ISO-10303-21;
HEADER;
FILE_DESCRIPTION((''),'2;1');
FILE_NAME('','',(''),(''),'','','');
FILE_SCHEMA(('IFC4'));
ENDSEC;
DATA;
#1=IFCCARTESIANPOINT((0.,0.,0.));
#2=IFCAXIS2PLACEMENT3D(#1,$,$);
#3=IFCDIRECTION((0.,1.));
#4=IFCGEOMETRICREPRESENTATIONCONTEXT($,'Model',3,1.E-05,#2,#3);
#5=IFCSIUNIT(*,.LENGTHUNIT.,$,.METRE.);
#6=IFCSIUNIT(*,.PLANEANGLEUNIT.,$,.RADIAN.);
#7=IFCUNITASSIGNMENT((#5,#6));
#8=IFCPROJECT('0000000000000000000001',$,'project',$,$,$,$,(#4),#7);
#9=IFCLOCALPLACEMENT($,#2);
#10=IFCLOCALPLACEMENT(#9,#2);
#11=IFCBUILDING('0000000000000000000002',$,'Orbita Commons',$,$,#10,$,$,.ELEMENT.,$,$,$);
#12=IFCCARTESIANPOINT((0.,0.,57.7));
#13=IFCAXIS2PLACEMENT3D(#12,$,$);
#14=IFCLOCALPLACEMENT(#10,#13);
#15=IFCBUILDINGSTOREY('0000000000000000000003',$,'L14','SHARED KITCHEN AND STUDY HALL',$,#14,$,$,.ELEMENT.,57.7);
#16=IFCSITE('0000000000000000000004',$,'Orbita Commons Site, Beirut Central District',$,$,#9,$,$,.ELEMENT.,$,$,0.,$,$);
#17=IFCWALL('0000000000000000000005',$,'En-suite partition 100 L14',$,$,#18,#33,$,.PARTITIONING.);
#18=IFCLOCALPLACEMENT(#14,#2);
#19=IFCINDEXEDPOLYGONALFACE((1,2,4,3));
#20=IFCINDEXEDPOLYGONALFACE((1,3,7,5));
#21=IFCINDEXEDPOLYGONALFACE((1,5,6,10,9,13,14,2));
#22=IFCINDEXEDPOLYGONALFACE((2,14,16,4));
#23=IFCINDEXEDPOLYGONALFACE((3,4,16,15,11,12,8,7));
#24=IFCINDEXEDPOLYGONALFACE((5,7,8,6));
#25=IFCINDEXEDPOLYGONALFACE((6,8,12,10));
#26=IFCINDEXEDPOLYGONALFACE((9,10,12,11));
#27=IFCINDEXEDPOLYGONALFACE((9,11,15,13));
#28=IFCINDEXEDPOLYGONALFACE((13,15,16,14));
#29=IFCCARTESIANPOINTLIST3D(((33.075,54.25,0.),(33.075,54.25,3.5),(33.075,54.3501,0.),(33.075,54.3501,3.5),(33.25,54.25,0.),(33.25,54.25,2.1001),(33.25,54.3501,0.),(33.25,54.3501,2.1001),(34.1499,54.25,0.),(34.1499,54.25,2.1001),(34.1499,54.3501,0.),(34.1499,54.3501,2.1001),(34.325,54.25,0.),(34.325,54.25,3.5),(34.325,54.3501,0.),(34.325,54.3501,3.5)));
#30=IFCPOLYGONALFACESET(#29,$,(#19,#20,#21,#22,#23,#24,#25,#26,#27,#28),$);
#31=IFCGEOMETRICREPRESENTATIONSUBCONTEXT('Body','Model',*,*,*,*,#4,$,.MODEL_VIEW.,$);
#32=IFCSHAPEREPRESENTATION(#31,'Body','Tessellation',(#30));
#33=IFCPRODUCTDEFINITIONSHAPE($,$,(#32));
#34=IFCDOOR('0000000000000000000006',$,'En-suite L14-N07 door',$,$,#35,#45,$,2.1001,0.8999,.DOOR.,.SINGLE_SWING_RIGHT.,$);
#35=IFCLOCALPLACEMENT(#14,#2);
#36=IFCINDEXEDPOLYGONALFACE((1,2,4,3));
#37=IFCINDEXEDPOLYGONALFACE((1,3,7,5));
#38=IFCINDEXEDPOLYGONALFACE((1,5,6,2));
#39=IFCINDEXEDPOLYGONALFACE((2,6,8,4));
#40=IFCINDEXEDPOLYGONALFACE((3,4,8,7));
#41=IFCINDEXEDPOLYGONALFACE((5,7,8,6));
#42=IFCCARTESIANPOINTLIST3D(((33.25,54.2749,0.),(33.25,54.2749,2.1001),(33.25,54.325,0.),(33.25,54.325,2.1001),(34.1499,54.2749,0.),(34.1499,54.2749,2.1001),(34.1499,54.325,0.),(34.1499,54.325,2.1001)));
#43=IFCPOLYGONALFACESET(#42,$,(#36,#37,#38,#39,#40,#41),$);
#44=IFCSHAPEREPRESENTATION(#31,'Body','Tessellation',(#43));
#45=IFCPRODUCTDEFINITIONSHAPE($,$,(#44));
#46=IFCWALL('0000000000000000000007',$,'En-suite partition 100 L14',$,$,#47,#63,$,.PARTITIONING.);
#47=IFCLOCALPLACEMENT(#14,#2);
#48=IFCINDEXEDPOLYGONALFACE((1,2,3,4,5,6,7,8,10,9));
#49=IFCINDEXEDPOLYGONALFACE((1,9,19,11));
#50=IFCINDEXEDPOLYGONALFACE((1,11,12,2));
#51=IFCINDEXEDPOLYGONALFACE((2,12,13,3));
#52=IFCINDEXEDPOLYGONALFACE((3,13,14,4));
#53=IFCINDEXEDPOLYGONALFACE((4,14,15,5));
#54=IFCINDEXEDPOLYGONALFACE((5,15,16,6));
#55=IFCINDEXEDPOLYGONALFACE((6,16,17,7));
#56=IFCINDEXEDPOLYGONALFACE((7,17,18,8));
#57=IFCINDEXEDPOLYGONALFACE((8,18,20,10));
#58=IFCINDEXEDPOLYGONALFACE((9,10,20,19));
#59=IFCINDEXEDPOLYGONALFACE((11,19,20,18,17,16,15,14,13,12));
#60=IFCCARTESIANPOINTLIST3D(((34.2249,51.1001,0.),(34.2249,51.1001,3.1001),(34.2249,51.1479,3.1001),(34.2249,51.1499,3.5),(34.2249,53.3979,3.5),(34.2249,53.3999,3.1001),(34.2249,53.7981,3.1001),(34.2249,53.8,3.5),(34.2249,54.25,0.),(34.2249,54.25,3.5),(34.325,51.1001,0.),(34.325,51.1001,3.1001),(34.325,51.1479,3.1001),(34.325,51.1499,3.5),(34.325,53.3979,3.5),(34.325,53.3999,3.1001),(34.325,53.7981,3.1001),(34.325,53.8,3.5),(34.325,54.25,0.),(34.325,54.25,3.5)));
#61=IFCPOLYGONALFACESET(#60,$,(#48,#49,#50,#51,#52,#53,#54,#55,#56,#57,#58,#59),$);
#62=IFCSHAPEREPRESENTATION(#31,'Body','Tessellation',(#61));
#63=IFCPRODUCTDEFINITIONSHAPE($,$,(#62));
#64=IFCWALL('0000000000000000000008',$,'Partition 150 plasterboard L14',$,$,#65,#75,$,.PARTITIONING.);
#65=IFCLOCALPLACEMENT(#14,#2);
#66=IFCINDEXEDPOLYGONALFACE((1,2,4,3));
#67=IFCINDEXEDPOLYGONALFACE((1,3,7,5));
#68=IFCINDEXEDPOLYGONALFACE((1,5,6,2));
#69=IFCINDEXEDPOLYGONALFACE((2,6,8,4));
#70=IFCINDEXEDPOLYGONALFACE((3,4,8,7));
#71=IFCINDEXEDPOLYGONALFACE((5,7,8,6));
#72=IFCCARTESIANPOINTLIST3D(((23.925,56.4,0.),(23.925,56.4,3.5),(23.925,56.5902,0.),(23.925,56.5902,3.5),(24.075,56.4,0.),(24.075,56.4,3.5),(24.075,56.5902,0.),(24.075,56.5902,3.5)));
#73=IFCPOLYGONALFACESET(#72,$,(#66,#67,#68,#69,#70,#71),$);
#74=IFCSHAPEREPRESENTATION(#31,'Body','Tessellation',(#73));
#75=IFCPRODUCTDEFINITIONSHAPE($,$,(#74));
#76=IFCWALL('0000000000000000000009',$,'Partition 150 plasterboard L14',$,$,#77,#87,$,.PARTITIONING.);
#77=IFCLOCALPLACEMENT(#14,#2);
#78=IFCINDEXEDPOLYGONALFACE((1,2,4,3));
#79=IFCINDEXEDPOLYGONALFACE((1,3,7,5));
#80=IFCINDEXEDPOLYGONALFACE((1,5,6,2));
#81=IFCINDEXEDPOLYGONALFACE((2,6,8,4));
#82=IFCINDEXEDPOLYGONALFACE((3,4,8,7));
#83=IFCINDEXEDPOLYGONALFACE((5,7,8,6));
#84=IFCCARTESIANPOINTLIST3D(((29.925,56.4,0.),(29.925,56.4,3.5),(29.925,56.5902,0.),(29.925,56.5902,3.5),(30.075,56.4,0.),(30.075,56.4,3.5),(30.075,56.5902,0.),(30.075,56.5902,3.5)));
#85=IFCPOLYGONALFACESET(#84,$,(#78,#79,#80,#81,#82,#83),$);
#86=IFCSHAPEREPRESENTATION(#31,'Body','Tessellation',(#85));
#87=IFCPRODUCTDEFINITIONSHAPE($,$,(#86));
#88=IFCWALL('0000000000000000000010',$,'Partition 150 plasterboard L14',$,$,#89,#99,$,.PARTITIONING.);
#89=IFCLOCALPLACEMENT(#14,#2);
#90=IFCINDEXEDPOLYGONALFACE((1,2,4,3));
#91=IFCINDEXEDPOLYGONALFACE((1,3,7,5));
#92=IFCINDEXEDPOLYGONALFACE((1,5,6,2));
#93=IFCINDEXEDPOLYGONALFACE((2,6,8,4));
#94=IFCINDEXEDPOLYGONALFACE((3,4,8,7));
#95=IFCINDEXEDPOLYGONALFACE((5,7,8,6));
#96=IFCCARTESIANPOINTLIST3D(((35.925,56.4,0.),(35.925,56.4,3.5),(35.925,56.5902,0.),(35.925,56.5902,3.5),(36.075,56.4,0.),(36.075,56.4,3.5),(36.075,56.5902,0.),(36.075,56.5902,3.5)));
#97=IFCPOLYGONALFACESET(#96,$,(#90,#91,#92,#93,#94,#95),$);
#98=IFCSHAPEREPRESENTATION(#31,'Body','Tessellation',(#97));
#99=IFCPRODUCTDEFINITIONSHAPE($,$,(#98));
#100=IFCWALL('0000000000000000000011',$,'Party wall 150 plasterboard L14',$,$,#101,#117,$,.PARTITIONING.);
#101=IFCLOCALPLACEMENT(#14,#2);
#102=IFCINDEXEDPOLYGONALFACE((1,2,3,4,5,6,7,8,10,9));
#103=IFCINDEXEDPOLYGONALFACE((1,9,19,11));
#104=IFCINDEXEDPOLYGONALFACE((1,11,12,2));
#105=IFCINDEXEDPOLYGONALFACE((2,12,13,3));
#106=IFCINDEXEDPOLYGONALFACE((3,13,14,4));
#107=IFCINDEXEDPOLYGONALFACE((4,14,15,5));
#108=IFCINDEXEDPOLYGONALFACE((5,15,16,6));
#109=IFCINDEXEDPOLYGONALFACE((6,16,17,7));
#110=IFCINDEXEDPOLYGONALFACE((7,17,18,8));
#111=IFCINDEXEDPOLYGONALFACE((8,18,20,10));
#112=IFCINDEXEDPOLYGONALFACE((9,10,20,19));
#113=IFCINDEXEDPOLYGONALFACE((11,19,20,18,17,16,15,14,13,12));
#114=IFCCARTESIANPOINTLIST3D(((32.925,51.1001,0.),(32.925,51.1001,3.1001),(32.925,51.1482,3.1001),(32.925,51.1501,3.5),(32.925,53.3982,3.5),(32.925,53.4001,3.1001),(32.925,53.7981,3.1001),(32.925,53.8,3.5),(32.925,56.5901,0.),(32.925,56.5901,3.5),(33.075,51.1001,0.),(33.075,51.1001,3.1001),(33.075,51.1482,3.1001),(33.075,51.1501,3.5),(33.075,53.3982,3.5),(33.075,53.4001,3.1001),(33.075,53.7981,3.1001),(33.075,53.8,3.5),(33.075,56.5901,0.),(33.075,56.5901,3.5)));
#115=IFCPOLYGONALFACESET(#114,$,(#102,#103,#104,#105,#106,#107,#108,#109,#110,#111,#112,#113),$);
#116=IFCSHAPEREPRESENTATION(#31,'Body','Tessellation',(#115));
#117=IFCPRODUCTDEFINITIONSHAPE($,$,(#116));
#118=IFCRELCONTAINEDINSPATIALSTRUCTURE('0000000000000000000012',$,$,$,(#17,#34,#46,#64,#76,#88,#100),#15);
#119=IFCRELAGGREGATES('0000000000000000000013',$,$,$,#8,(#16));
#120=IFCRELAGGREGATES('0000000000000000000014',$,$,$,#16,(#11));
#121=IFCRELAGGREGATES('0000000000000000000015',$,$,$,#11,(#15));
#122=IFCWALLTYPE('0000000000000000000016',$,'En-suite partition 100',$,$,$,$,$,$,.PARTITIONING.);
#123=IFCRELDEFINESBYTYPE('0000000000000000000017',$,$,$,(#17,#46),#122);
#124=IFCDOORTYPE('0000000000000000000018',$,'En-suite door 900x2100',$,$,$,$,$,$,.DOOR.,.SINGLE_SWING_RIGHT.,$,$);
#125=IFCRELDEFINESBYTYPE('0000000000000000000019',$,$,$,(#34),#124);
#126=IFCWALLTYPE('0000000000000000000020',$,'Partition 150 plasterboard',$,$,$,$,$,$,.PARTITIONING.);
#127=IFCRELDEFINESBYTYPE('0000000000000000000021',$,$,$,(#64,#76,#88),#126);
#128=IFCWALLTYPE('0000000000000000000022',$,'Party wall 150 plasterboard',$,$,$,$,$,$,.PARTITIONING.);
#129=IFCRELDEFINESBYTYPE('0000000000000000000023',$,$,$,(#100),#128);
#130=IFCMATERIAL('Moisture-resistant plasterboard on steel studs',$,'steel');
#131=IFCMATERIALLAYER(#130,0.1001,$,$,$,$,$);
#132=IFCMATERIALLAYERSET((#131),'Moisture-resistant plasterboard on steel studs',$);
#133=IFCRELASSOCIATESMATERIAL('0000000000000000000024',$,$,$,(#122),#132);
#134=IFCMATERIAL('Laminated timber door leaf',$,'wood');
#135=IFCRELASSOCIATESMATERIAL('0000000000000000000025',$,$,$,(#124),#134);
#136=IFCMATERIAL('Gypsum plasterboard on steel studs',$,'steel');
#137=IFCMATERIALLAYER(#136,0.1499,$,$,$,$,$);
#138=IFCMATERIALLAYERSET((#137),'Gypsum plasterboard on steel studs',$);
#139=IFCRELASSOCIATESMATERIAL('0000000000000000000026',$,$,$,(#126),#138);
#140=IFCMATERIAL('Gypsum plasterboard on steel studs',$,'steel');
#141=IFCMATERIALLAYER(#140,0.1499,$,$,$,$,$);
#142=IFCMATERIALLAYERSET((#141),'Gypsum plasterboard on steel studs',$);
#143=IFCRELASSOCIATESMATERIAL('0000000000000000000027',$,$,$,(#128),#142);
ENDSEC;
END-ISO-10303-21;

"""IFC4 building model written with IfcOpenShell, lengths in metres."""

from ifc_helpers import new_model, si_unit, direction, frame, frame_2d, origin, place, context, subcontext, project, spatial, polyline, rectangle, outline, extrude, material, layer, layer_set, type_object, element, fill, save


model = new_model("IFC4")

# Units and contexts
model_context = context("Model", 3, precision=1e-05, world=origin(), true_north=direction((0.0, 1.0)))
body_context = subcontext(model_context, "Body", "Model", "MODEL_VIEW")
ifc_project = project(units=[si_unit("LENGTHUNIT", "METRE"), si_unit("PLANEANGLEUNIT", "RADIAN")], contexts=[model_context])

# Site, building, storey
site_placement = place(None, origin())
site = spatial("IfcSite", under=ifc_project, at=site_placement, Name="Orbita Commons Site, Beirut Central District", CompositionType="ELEMENT", RefElevation=0.0)
building_placement = place(site_placement, origin())
building = spatial("IfcBuilding", under=site, at=building_placement, Name="Orbita Commons", CompositionType="ELEMENT")
storey_placement = place(building_placement, frame((0.0, 0.0, 57.7)))
storey = spatial("IfcBuildingStorey", under=building, at=storey_placement, Name="L14", Description="SHARED KITCHEN AND STUDY HALL", CompositionType="ELEMENT", Elevation=57.7)

# Shared definitions
ifc_material_1 = material(Name="Moisture-resistant plasterboard on steel studs", Category="steel")
ifc_layer_1 = layer(ifc_material_1, 0.1001)
ifc_layer_set_1 = layer_set([ifc_layer_1], Name="Moisture-resistant plasterboard on steel studs")
wall_type_1 = type_object("IfcWallType", Name="En-suite partition 100", PredefinedType="PARTITIONING", material=ifc_layer_set_1)
ifc_material_2 = material(Name="Laminated timber door leaf", Category="wood")
door_type = type_object("IfcDoorType", Name="En-suite door 900x2100", OperationType="SINGLE_SWING_RIGHT", PredefinedType="DOOR", material=ifc_material_2)

# Wall, opening, door
wall_1_placement = place(storey_placement, frame((33.075, 54.3, 0.0), z_axis=(0.0, 0.0, 1.0), x_axis=(1.0, 0.0, 0.0)))
wall_1 = element("IfcWall", 1, at=wall_1_placement, inside=storey, type_object=wall_type_1, Name="En-suite partition 100 L14", PredefinedType="PARTITIONING", context=body_context, shape_type="SweptSolid", body=[
    extrude(rectangle(XDim=1.25, YDim=0.1001, at=frame_2d((0.625, 0.0))), origin(), (0.0, 0.0, 1.0), 3.5),
])
opening_1_placement = place(wall_1_placement, frame((0.175, 0.0, 0.0)))
opening_1 = element("IfcOpeningElement", 2, at=opening_1_placement, cuts=wall_1, PredefinedType="OPENING", context=body_context, shape_type="SweptSolid", body=[
    extrude(rectangle(XDim=0.8999, YDim=2.1001, at=frame_2d((0.45, 1.05))), frame((0.0, 0.0601, 0.0), z_axis=(0.0, -1.0, 0.0), x_axis=(1.0, 0.0, 0.0)), (0.0, 0.0, 1.0), 0.1201),
])
door_1_placement = place(opening_1_placement, origin())
door_1 = element("IfcDoor", 3, at=door_1_placement, inside=storey, type_object=door_type, Name="En-suite L14-N07 door", OperationType="SINGLE_SWING_RIGHT", OverallHeight=2.1001, OverallWidth=0.8999, PredefinedType="DOOR", context=body_context, shape_type="SweptSolid", body=[
    extrude(rectangle(XDim=0.8999, YDim=2.1001, at=frame_2d((0.45, 1.05))), frame((0.0, 0.0249, 0.0), z_axis=(0.0, -1.0, 0.0), x_axis=(1.0, 0.0, 0.0)), (0.0, 0.0, 1.0), 0.05),
])
fill(opening_1, door_1)

# Walls
wall_2_placement = place(storey_placement, frame((34.2749, 54.25, 0.0), z_axis=(0.0, 0.0, 1.0), x_axis=(0.0, -1.0, 0.0)))
element("IfcWall", 4, at=wall_2_placement, inside=storey, type_object=wall_type_1, Name="En-suite partition 100 L14", PredefinedType="PARTITIONING", context=body_context, shape_type="SweptSolid", body=[
    extrude(outline(polyline([(0.0, 0.0), (3.1499, 0.0), (3.1499, 3.1001), (3.1021, 3.1001), (3.1001, 3.5), (0.8521, 3.5), (0.8501, 3.1001), (0.4519, 3.1001), (0.45, 3.5), (0.0, 3.5), (0.0, 0.0)])), frame((0.0, 0.05, 0.0), z_axis=(0.0, -1.0, 0.0), x_axis=(1.0, 0.0, 0.0)), (0.0, 0.0, 1.0), 0.1001),
])
ifc_material_3 = material(Name="Gypsum plasterboard on steel studs", Category="steel")
ifc_layer_2 = layer(ifc_material_3, 0.1499)
ifc_layer_set_2 = layer_set([ifc_layer_2], Name="Gypsum plasterboard on steel studs")
wall_type_2 = type_object("IfcWallType", Name="Partition 150 plasterboard", PredefinedType="PARTITIONING", material=ifc_layer_set_2)
for number, where, z_axis, x_axis, name in (
    (5, (24.0, 56.3999, 0.0), (0.0, 0.0, 1.0), (0.0, 1.0, 0.0), "Partition 150 plasterboard L14"),
    (6, (30.0, 56.3999, 0.0), (0.0, 0.0, 1.0), (0.0, 1.0, 0.0), "Partition 150 plasterboard L14"),
    (7, (36.0, 56.3999, 0.0), (0.0, 0.0, 1.0), (0.0, 1.0, 0.0), "Partition 150 plasterboard L14"),
):
    element("IfcWall", number, at=place(storey_placement, frame(where, z_axis=z_axis, x_axis=x_axis)), inside=storey, type_object=wall_type_2, Name=name, PredefinedType="PARTITIONING", context=body_context, shape_type="SweptSolid", body=[
        extrude(rectangle(XDim=0.1902, YDim=0.1499, at=frame_2d((0.0952, 0.0))), origin(), (0.0, 0.0, 1.0), 3.5),
    ])
ifc_material_4 = material(Name="Gypsum plasterboard on steel studs", Category="steel")
ifc_layer_3 = layer(ifc_material_4, 0.1499)
ifc_layer_set_3 = layer_set([ifc_layer_3], Name="Gypsum plasterboard on steel studs")
wall_type_3 = type_object("IfcWallType", Name="Party wall 150 plasterboard", PredefinedType="PARTITIONING", material=ifc_layer_set_3)
wall_3_placement = place(storey_placement, frame((33.0, 56.5901, 0.0), z_axis=(0.0, 0.0, 1.0), x_axis=(0.0, -1.0, 0.0)))
element("IfcWall", 8, at=wall_3_placement, inside=storey, type_object=wall_type_3, Name="Party wall 150 plasterboard L14", PredefinedType="PARTITIONING", context=body_context, shape_type="SweptSolid", body=[
    extrude(outline(polyline([(0.0, 0.0), (5.49, 0.0), (5.49, 3.1001), (5.4419, 3.1001), (5.4399, 3.5), (3.1919, 3.5), (3.1899, 3.1001), (2.792, 3.1001), (2.79, 3.5), (0.0, 3.5), (0.0, 0.0)])), frame((0.0, 0.075, 0.0), z_axis=(0.0, -1.0, 0.0), x_axis=(1.0, 0.0, 0.0)), (0.0, 0.0, 1.0), 0.1499),
])

save(model, "model.ifc")
